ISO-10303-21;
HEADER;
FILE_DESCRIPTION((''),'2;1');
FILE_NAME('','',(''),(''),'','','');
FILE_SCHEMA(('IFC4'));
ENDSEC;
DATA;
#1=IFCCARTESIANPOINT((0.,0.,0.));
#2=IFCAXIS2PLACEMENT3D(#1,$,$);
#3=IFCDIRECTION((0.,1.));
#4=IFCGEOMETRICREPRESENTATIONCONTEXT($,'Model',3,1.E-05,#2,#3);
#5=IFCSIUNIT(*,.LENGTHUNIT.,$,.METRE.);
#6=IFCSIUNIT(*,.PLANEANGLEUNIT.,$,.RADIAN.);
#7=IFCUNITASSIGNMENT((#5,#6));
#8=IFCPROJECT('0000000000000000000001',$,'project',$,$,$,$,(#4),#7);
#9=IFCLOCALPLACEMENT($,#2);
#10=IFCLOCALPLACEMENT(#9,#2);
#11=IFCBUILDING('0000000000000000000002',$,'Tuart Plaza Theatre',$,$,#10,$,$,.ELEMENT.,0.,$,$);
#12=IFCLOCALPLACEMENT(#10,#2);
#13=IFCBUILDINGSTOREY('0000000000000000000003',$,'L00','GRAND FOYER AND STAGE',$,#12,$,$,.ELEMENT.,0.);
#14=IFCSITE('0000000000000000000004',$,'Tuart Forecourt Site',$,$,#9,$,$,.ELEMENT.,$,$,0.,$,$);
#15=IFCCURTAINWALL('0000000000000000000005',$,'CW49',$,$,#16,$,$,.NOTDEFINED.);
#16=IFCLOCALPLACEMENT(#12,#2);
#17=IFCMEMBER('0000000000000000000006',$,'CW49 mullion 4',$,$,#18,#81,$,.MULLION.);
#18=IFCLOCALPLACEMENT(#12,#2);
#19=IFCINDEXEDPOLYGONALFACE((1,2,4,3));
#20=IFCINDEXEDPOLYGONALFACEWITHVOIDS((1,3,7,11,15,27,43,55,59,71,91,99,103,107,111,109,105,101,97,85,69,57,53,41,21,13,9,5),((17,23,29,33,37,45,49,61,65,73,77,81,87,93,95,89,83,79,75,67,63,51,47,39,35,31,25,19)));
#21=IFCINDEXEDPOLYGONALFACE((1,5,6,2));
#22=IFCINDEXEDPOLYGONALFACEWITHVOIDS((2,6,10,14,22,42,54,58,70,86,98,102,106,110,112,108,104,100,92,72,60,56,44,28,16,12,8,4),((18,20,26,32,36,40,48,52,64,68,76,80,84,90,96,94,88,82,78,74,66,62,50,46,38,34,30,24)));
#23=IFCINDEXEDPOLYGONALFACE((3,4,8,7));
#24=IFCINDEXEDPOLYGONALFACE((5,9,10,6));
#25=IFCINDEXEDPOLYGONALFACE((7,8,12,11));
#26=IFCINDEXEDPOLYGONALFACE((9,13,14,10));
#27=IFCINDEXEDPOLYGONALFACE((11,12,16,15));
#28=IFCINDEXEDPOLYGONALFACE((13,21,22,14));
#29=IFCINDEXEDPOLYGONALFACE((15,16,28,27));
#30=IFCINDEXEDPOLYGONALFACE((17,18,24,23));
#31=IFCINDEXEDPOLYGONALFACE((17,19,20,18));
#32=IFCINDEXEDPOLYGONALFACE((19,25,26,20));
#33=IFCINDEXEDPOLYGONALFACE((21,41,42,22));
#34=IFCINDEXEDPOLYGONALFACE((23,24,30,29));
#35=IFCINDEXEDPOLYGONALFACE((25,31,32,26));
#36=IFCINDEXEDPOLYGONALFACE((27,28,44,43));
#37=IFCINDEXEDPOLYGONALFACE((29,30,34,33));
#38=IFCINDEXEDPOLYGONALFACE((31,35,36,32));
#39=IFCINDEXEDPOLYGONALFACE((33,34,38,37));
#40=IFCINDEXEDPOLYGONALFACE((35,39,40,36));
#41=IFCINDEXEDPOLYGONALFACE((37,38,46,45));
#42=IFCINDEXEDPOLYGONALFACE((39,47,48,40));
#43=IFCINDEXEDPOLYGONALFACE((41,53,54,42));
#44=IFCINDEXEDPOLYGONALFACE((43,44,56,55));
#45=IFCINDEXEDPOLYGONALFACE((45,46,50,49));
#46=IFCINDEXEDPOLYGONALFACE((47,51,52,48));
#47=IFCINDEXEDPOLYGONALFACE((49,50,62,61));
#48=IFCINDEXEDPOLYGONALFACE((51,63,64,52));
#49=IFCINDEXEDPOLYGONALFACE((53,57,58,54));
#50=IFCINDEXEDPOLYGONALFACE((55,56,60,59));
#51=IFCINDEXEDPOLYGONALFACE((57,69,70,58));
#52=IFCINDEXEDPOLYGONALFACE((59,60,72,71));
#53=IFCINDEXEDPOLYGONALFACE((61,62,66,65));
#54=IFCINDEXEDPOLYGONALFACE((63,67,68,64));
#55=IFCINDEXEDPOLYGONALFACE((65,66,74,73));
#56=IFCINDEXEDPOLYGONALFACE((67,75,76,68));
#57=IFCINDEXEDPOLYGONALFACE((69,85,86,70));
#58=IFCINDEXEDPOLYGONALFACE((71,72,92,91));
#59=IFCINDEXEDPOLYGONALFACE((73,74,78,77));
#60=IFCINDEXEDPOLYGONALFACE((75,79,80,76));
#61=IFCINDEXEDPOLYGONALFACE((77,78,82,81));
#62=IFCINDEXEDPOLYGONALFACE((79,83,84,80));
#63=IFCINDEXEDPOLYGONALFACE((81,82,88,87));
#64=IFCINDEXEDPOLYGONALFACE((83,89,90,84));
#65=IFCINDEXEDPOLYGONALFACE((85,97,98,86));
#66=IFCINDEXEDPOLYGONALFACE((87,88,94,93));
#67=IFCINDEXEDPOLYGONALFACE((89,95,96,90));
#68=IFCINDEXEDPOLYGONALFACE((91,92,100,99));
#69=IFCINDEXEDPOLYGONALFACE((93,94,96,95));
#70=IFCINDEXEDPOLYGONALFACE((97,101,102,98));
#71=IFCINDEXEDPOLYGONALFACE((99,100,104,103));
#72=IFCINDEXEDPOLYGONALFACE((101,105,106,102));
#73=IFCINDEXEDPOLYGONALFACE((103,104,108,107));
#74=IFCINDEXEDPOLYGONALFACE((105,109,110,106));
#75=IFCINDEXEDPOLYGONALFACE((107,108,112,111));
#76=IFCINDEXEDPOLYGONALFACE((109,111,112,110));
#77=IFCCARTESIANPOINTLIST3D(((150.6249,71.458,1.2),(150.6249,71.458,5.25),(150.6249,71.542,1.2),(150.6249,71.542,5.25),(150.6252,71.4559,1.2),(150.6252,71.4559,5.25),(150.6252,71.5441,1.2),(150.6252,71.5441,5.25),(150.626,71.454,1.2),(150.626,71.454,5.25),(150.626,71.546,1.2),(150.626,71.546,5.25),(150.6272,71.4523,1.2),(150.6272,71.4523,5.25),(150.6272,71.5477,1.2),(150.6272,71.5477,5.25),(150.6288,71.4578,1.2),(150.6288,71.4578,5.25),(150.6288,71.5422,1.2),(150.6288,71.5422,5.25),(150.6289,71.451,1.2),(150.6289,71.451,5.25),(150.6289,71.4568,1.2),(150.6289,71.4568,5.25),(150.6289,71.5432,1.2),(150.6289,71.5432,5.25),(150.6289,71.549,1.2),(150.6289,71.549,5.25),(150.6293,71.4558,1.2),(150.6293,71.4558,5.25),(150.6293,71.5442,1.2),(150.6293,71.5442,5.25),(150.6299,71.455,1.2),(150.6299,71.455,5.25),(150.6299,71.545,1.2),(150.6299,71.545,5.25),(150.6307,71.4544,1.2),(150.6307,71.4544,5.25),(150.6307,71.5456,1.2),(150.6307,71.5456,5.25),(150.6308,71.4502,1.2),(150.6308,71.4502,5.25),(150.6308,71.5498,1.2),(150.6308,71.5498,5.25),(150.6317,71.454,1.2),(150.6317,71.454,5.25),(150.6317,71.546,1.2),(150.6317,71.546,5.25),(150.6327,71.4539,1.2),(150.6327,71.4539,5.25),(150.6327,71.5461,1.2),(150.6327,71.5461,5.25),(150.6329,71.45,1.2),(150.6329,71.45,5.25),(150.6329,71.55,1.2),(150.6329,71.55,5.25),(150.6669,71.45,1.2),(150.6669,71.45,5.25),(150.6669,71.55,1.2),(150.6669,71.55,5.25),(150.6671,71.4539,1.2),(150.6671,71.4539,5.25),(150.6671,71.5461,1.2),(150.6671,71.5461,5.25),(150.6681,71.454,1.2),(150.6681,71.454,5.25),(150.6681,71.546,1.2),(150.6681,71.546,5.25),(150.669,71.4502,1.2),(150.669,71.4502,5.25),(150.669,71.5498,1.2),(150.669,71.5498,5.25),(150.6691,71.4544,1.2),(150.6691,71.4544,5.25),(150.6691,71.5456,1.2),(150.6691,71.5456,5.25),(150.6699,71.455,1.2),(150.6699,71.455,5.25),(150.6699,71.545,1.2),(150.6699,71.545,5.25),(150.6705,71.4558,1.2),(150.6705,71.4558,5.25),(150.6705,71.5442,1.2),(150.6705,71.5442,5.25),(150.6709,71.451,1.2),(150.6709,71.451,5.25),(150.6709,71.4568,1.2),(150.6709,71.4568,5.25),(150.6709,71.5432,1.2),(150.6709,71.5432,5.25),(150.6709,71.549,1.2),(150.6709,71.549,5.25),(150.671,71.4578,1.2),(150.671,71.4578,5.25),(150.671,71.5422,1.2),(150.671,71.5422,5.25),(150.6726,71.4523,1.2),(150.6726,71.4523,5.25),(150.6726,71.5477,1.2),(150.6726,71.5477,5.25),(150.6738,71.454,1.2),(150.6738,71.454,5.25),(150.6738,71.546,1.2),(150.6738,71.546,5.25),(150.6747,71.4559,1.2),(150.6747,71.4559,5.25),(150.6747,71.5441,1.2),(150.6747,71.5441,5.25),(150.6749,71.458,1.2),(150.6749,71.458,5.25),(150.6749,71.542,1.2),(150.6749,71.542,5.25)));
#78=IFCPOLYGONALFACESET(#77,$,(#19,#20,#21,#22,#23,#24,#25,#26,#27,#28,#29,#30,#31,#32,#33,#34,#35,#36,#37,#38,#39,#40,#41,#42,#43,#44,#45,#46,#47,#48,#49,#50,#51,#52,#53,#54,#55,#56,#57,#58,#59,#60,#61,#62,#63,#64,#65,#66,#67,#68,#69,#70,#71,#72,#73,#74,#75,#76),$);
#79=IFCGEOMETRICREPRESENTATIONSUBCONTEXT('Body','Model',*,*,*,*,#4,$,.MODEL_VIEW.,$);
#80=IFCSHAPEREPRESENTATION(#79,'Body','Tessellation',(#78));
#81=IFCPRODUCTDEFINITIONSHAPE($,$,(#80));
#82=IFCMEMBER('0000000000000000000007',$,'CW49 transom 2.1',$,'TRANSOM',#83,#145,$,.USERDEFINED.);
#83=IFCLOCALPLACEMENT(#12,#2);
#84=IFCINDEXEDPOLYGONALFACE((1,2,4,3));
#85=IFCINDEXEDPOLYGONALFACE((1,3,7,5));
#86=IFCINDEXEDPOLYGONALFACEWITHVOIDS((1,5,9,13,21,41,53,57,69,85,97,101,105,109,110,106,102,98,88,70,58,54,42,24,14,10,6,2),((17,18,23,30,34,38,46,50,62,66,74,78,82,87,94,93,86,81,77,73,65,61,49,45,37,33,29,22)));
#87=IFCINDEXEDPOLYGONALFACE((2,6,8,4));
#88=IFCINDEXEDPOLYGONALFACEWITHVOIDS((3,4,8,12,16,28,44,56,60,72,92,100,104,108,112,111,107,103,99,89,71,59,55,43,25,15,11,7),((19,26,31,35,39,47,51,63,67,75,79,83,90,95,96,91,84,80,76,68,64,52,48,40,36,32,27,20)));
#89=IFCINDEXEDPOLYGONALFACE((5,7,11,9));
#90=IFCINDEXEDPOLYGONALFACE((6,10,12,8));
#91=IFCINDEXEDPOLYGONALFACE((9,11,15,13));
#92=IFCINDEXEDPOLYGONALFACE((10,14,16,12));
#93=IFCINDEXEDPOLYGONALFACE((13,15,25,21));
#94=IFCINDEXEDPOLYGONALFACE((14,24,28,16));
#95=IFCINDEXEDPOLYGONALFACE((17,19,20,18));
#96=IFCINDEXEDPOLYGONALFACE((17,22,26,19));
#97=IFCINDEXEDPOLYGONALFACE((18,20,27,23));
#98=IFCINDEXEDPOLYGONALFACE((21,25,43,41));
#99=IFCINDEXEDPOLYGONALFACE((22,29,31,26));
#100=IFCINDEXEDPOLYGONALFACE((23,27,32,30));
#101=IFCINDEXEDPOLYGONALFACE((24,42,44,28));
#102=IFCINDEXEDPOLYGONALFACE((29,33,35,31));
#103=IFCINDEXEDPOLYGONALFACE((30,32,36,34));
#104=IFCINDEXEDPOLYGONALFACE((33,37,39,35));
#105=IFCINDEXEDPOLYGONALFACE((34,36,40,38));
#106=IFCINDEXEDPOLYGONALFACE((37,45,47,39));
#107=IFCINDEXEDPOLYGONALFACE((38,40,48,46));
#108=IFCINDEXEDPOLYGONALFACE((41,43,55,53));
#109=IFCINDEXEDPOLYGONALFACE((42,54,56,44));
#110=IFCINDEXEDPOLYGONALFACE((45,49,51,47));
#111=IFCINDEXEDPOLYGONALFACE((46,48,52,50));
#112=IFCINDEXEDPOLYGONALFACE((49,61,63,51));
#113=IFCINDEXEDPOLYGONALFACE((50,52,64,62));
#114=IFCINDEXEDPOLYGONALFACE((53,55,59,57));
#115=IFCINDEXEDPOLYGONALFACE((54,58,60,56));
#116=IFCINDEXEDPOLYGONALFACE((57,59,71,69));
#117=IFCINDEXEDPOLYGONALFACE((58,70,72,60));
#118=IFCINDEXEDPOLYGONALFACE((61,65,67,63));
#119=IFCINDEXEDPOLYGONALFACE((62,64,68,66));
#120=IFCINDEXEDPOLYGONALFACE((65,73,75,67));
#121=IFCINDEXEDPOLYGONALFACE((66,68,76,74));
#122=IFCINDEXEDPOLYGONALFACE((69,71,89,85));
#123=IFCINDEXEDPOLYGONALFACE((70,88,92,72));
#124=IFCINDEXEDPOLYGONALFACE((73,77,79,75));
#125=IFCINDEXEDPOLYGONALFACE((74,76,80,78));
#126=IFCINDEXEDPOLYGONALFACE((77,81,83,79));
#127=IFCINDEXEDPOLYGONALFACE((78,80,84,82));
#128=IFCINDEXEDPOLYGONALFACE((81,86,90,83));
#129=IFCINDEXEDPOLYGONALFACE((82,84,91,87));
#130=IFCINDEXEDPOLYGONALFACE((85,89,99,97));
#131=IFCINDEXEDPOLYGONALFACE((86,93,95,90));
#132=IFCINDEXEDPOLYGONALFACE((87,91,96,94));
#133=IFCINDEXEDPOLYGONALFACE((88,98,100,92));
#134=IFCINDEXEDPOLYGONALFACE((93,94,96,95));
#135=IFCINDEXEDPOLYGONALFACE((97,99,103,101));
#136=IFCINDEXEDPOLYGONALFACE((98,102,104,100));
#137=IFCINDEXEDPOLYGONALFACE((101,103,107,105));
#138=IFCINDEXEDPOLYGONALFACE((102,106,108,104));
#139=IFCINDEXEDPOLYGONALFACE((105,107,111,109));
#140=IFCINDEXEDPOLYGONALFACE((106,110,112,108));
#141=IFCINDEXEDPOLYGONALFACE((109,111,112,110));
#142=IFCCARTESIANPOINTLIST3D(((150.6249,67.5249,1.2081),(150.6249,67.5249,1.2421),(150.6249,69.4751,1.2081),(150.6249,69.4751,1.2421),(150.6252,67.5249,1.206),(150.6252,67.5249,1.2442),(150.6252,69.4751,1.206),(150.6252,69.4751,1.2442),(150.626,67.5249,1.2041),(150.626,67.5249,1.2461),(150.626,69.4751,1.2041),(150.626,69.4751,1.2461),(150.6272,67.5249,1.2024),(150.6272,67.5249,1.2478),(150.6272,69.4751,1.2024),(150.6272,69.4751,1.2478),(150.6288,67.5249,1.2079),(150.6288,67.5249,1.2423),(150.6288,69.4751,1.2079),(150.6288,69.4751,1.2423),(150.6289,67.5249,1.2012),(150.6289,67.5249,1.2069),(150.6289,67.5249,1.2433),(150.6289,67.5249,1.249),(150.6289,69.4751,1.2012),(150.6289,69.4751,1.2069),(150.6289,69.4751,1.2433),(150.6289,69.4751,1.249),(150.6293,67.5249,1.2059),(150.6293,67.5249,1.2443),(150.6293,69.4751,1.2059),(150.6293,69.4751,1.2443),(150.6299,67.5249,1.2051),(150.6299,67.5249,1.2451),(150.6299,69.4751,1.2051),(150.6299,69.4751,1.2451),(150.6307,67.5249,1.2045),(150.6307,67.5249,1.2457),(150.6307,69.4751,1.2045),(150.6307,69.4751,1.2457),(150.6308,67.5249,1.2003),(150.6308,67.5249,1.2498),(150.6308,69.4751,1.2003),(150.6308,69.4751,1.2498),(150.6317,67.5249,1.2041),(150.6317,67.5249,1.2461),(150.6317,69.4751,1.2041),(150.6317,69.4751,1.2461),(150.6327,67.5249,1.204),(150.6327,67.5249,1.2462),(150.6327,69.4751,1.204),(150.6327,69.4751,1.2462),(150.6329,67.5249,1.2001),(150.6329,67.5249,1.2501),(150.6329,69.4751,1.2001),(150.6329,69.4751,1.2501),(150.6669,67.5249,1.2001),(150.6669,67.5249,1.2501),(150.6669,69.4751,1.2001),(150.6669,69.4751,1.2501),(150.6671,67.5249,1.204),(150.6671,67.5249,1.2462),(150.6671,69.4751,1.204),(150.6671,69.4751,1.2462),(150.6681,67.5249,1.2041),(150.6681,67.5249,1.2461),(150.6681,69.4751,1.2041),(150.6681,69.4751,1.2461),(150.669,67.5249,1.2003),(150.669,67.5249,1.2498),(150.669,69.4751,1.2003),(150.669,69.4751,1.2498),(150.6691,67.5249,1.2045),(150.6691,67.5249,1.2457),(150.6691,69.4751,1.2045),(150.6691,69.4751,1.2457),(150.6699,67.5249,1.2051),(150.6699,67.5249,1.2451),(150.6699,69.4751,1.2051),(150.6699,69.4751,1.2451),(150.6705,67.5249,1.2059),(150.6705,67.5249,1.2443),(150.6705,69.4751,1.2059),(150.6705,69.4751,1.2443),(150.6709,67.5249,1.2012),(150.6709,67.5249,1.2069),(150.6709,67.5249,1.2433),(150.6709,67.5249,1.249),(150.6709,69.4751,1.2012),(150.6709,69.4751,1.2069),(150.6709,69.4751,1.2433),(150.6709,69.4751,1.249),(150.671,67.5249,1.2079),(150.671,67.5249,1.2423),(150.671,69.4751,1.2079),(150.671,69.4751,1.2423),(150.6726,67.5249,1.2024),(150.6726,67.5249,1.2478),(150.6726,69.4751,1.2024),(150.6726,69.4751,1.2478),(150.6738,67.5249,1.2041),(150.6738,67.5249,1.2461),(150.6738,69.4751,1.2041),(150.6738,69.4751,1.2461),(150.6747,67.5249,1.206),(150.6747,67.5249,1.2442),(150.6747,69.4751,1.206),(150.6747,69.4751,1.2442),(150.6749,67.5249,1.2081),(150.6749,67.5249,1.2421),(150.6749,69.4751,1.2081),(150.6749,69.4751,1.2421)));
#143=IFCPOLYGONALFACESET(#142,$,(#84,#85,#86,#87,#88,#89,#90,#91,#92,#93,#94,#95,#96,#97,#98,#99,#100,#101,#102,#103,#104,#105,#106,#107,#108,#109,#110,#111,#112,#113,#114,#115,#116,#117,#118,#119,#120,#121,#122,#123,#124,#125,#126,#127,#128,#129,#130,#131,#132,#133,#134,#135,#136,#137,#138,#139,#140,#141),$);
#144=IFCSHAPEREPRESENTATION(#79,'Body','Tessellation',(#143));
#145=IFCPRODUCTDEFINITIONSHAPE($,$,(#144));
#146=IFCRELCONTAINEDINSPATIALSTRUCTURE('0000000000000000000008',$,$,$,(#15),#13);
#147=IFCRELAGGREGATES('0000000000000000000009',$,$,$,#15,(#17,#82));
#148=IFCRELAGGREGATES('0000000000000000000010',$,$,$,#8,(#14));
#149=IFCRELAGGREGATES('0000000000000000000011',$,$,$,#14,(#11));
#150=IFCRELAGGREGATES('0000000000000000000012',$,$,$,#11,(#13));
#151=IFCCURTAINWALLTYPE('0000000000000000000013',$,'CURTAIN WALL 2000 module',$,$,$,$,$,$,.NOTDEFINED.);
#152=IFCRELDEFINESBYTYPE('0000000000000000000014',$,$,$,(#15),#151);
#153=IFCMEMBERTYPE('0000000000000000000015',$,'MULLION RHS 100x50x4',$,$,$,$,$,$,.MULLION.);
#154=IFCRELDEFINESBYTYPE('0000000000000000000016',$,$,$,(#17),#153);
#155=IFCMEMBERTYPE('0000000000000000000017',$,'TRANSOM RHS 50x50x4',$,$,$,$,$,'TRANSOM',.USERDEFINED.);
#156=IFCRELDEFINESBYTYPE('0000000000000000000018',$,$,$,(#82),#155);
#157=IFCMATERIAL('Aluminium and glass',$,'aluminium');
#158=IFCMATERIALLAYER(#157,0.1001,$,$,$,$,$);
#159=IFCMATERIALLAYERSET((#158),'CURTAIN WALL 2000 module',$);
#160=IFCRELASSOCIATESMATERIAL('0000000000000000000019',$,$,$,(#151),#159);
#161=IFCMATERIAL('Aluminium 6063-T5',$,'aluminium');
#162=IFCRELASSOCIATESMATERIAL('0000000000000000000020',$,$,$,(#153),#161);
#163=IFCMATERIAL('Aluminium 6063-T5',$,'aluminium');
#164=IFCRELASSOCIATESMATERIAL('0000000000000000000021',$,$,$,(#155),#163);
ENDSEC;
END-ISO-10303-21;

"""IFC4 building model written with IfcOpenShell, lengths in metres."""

from ifc_helpers import new_model, si_unit, direction, frame, origin, origin_2d, place, context, subcontext, project, spatial, hollow_rectangle, extrude, material, layer, layer_set, material_profile, profile_set, type_object, element, aggregate, save


model = new_model("IFC4")

# Units and contexts
model_context = context("Model", 3, precision=1e-05, world=origin(), true_north=direction((0.0, 1.0)))
body_context = subcontext(model_context, "Body", "Model", "MODEL_VIEW")
ifc_project = project(units=[si_unit("LENGTHUNIT", "METRE"), si_unit("PLANEANGLEUNIT", "RADIAN")], contexts=[model_context])

# Site, building, storey
site_placement = place(None, origin())
site = spatial("IfcSite", under=ifc_project, at=site_placement, Name="Tuart Forecourt Site", CompositionType="ELEMENT", RefElevation=0.0)
building_placement = place(site_placement, origin())
building = spatial("IfcBuilding", under=site, at=building_placement, Name="Tuart Plaza Theatre", CompositionType="ELEMENT", ElevationOfRefHeight=0.0)
storey_placement = place(building_placement, origin())
storey = spatial("IfcBuildingStorey", under=building, at=storey_placement, Name="L00", Description="GRAND FOYER AND STAGE", CompositionType="ELEMENT", Elevation=0.0)

# Curtain wall, members
ifc_material_1 = material(Name="Aluminium and glass", Category="aluminium")
ifc_layer_1 = layer(ifc_material_1, 0.1001)
ifc_layer_set_1 = layer_set([ifc_layer_1], Name="CURTAIN WALL 2000 module")
curtain_wall_type = type_object("IfcCurtainWallType", Name="CURTAIN WALL 2000 module", PredefinedType="NOTDEFINED", material=ifc_layer_set_1)
curtain_wall_placement = place(storey_placement, origin())
curtain_wall = element("IfcCurtainWall", 1, at=curtain_wall_placement, inside=storey, type_object=curtain_wall_type, Name="CW49", PredefinedType="NOTDEFINED")
ifc_material_2 = material(Name="Aluminium 6063-T5", Category="aluminium")
ifc_material_profile_1 = material_profile(ifc_material_2, hollow_rectangle(XDim=0.05, YDim=0.1001, WallThickness=0.0039, InnerFilletRadius=0.0039, OuterFilletRadius=0.0081, at=origin_2d()), Name="RHS 100x50x4")
ifc_profile_set_1 = profile_set([ifc_material_profile_1], Name="Aluminium 6063-T5")
member_type_1 = type_object("IfcMemberType", Name="MULLION RHS 100x50x4", PredefinedType="MULLION", material=ifc_profile_set_1)
member_1_placement = place(storey_placement, frame((150.6499, 71.5, 1.2), z_axis=(0.0, 0.0, 1.0), x_axis=(-1.0, 0.0, 0.0)))
member_1 = element("IfcMember", 2, at=member_1_placement, type_object=member_type_1, Name="CW49 mullion 4", PredefinedType="MULLION", context=body_context, shape_type="SweptSolid", body=[
    extrude(hollow_rectangle(XDim=0.05, YDim=0.1001, WallThickness=0.0039, InnerFilletRadius=0.0039, OuterFilletRadius=0.0081, at=origin_2d()), origin(), (0.0, 0.0, 1.0), 4.05),
])
ifc_material_3 = material(Name="Aluminium 6063-T5", Category="aluminium")
ifc_material_profile_2 = material_profile(ifc_material_3, hollow_rectangle(XDim=0.05, YDim=0.05, WallThickness=0.0039, InnerFilletRadius=0.0039, OuterFilletRadius=0.0081, at=origin_2d()), Name="RHS 50x50x4")
ifc_profile_set_2 = profile_set([ifc_material_profile_2], Name="Aluminium 6063-T5")
member_type_2 = type_object("IfcMemberType", Name="TRANSOM RHS 50x50x4", ElementType="TRANSOM", PredefinedType="USERDEFINED", material=ifc_profile_set_2)
member_2_placement = place(storey_placement, frame((150.6499, 67.5249, 1.2251), z_axis=(0.0, 1.0, 0.0), x_axis=(-1.0, 0.0, 0.0)))
member_2 = element("IfcMember", 3, at=member_2_placement, type_object=member_type_2, Name="CW49 transom 2.1", ObjectType="TRANSOM", PredefinedType="USERDEFINED", context=body_context, shape_type="SweptSolid", body=[
    extrude(hollow_rectangle(XDim=0.05, YDim=0.05, WallThickness=0.0039, InnerFilletRadius=0.0039, OuterFilletRadius=0.0081, at=origin_2d()), origin(), (0.0, 0.0, 1.0), 1.9502),
])
aggregate(curtain_wall, [member_1, member_2])

save(model, "model.ifc")
